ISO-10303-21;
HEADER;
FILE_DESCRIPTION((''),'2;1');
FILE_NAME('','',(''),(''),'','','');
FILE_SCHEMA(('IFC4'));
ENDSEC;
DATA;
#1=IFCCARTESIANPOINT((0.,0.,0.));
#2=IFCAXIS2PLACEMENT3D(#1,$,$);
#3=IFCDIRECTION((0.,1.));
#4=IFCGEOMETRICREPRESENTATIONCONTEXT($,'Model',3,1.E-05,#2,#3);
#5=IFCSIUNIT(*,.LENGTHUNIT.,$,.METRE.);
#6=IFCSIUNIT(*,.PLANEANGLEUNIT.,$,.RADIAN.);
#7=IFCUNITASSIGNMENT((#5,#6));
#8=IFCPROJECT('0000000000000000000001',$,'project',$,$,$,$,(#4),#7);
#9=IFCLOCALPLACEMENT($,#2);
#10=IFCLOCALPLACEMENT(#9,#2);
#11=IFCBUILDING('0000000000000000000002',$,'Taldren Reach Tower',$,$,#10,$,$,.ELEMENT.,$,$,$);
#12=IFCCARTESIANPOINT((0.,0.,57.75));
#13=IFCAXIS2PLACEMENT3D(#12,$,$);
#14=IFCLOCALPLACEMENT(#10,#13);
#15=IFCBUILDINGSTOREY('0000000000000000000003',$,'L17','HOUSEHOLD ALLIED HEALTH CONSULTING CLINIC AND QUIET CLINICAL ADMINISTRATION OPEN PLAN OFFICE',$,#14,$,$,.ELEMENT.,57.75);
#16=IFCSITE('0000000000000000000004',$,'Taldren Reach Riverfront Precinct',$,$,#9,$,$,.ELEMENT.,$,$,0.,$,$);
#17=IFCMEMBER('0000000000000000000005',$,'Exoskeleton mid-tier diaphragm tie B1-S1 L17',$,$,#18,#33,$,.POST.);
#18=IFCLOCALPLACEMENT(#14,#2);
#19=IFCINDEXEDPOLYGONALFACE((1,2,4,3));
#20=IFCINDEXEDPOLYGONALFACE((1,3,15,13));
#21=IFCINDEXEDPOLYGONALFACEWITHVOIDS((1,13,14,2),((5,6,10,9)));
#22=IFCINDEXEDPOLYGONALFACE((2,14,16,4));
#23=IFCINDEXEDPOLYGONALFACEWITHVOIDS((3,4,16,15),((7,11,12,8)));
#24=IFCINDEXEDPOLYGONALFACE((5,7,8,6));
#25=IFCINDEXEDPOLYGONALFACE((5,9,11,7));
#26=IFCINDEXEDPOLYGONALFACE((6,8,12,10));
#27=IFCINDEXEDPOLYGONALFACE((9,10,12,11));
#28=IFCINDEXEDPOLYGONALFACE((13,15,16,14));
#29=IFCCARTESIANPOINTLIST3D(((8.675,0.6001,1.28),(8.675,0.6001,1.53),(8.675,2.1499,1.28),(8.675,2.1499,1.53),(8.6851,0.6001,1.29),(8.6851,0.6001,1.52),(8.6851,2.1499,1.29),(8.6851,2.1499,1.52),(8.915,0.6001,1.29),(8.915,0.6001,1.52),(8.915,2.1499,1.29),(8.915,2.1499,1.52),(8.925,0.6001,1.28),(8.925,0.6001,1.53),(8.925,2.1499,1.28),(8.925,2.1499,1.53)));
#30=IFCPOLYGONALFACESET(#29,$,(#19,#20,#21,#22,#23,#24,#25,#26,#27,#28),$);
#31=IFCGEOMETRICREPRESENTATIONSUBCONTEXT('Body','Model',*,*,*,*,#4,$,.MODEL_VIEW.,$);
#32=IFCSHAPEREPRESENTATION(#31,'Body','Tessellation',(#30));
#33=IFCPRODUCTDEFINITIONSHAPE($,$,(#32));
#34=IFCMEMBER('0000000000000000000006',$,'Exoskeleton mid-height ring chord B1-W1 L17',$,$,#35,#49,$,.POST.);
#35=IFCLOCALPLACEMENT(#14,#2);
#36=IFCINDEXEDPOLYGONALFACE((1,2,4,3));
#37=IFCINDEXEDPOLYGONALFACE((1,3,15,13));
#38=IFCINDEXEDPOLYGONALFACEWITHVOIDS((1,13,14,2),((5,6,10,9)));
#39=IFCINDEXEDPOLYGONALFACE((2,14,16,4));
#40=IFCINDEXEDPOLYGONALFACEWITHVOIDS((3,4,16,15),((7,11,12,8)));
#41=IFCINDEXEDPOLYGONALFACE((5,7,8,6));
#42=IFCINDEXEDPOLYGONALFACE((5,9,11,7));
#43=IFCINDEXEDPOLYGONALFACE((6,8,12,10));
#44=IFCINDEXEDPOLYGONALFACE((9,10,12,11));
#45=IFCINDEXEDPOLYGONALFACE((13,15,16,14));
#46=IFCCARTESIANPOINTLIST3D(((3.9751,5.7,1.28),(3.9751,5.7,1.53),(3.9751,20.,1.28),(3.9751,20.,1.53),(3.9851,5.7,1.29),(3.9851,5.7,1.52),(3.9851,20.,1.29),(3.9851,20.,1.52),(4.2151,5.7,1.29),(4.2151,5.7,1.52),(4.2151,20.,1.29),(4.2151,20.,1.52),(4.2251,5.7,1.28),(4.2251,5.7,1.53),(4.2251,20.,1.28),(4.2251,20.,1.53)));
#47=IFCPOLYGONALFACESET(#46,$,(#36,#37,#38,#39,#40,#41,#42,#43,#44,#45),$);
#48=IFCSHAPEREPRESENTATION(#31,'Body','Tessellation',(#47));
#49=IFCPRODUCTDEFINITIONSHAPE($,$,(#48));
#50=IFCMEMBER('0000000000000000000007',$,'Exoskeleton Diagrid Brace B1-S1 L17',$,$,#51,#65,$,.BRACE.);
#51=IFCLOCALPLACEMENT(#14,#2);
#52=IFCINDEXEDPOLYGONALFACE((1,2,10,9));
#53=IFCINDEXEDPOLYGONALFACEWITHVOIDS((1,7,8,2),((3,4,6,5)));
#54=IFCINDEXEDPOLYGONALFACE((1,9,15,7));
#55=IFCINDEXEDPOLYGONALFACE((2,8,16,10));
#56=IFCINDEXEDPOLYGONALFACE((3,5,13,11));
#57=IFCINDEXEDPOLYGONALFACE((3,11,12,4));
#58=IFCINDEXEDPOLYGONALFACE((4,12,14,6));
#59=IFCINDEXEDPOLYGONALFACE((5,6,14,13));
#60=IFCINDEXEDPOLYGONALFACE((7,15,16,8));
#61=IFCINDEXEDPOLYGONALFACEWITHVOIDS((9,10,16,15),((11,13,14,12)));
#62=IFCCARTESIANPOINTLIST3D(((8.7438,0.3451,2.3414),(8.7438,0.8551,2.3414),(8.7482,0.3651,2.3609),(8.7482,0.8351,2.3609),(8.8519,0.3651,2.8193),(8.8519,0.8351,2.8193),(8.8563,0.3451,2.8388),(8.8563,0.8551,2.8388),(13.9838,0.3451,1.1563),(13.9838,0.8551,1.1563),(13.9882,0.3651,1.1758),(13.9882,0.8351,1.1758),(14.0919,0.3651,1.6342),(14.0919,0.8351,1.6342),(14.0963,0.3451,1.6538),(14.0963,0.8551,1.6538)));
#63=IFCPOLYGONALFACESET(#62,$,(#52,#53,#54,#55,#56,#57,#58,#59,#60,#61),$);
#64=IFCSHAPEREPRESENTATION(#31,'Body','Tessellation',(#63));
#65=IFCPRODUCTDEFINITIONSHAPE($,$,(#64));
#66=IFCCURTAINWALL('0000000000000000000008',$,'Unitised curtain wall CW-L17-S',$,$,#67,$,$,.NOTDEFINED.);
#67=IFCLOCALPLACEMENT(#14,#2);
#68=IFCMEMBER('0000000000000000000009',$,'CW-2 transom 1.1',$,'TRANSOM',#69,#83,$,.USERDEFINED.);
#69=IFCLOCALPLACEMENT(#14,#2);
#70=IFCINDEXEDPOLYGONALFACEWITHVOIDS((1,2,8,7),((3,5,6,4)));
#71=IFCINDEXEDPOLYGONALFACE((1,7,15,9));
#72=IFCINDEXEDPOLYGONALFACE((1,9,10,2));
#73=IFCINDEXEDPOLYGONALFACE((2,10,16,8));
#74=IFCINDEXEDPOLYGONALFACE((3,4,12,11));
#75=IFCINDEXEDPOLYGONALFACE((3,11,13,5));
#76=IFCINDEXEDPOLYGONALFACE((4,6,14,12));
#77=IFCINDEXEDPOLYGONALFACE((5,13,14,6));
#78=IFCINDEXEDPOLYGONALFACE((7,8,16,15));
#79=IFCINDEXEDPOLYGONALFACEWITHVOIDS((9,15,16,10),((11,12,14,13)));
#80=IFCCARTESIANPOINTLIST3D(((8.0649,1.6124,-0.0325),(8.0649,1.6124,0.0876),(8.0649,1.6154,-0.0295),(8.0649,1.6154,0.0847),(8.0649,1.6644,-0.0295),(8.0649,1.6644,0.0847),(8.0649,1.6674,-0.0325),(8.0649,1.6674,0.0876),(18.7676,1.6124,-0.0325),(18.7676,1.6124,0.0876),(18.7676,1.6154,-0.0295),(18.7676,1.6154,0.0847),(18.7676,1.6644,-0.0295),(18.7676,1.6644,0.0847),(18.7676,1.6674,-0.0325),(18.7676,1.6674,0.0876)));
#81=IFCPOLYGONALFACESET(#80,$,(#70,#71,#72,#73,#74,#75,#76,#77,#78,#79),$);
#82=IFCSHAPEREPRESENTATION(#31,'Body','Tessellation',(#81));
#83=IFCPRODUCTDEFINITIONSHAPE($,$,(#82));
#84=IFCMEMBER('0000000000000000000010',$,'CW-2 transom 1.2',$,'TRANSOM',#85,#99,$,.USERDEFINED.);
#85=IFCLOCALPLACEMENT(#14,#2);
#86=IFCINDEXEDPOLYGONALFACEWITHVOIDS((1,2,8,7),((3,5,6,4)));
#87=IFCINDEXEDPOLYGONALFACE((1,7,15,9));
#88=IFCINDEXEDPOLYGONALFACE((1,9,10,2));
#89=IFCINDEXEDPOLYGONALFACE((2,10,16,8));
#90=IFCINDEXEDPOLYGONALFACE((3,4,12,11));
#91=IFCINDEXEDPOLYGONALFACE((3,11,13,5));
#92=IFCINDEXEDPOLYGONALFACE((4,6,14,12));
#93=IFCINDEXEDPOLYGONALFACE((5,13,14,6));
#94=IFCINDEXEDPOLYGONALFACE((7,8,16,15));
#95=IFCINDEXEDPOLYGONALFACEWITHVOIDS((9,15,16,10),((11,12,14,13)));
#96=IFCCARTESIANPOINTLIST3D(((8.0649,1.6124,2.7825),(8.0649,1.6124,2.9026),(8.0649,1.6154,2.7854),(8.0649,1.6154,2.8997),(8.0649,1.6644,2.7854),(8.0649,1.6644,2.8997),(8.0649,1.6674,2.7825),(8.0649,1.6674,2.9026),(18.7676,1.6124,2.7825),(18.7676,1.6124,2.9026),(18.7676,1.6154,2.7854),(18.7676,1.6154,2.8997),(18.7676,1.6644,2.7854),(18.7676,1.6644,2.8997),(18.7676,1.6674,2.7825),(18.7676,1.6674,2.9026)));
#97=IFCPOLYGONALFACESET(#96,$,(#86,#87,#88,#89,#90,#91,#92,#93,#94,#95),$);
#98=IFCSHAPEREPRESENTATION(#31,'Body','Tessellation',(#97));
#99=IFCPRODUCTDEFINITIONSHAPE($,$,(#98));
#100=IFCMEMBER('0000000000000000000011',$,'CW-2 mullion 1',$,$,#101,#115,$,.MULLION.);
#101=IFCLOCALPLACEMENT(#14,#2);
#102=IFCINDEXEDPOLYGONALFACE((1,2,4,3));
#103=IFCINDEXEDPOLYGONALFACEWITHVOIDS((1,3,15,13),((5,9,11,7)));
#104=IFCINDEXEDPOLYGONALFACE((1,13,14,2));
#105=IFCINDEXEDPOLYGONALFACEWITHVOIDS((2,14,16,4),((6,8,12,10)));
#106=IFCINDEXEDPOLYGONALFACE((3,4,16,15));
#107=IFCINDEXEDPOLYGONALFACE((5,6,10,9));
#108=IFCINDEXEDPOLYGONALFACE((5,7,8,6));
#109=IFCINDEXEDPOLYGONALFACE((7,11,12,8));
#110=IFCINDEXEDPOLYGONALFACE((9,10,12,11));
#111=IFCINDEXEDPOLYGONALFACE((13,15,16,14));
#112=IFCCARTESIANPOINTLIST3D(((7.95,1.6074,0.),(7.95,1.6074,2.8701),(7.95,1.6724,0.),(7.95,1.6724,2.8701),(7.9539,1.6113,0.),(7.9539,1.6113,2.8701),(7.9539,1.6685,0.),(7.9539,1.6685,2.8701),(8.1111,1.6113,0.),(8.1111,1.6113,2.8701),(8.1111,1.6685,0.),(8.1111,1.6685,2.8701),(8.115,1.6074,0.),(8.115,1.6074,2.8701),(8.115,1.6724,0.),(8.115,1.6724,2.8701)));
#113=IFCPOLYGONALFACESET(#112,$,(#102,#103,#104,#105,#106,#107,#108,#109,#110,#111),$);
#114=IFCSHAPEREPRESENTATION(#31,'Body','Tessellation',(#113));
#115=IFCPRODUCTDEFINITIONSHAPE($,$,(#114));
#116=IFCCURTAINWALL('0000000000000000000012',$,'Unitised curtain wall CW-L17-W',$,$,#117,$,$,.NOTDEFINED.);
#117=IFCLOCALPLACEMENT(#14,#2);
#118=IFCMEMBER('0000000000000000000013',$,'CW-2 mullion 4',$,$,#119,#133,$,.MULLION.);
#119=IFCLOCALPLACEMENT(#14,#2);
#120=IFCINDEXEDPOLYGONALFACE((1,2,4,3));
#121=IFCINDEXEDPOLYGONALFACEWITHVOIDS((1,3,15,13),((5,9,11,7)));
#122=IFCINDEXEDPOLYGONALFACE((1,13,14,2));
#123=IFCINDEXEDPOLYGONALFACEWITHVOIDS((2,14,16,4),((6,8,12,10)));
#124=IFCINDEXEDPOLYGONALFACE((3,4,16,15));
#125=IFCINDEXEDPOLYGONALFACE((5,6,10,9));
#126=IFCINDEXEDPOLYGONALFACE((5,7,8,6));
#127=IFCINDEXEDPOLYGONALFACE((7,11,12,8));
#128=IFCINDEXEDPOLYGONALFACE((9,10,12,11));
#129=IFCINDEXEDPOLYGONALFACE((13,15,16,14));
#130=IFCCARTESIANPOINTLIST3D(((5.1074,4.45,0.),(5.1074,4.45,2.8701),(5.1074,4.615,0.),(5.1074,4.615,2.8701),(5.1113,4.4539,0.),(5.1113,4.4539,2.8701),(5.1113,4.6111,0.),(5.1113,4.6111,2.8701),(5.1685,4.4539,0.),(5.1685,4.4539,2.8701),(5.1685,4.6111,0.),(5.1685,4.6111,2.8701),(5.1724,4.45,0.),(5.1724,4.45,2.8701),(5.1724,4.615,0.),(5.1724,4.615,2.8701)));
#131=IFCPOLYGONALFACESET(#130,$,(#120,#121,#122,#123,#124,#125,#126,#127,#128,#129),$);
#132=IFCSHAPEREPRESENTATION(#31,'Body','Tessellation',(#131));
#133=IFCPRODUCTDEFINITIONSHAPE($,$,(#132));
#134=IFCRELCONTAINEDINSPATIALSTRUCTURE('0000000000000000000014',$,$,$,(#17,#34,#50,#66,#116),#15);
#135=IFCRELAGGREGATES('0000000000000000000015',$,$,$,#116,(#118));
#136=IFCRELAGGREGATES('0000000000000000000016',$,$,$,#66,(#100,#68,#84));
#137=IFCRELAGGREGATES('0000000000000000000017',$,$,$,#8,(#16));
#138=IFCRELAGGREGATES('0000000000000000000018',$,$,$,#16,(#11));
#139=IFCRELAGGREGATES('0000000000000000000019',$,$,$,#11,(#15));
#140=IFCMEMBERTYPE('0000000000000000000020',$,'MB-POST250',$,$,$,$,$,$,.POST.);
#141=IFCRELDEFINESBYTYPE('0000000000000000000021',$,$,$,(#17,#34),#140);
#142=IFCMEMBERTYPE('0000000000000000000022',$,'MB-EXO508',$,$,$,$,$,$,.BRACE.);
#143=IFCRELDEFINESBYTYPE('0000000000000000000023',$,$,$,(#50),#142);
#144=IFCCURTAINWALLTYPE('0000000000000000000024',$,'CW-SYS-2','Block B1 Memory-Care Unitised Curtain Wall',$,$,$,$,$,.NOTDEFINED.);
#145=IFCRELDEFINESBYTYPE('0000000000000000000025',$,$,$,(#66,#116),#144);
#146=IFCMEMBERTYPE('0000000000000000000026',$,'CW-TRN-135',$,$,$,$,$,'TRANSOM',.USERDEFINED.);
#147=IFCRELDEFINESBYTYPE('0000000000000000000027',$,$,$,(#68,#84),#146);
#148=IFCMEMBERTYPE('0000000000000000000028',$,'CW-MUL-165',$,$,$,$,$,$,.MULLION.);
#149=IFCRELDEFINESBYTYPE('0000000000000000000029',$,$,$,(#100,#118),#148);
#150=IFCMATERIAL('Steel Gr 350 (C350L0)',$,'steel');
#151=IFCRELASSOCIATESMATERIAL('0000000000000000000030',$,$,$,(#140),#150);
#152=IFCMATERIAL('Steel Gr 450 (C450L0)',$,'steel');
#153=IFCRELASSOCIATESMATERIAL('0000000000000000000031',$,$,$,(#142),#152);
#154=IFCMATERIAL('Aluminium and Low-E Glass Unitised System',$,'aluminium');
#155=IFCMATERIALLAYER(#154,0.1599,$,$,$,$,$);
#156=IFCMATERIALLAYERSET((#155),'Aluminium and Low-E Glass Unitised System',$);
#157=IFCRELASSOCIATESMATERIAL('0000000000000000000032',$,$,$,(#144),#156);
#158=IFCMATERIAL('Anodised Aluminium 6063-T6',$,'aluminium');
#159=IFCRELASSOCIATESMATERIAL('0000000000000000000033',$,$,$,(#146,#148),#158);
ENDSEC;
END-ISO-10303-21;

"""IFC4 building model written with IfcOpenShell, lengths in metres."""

from ifc_helpers import new_model, si_unit, direction, frame, origin, origin_2d, place, context, subcontext, project, spatial, hollow_rectangle, extrude, source, transform, mapped, material, layer, layer_set, material_profile, profile_set, type_object, element, aggregate, save


model = new_model("IFC4")

# Units and contexts
model_context = context("Model", 3, precision=1e-05, world=origin(), true_north=direction((0.0, 1.0)))
body_context = subcontext(model_context, "Body", "Model", "MODEL_VIEW")
ifc_project = project(units=[si_unit("LENGTHUNIT", "METRE"), si_unit("PLANEANGLEUNIT", "RADIAN")], contexts=[model_context])

# Site, building, storey
site_placement = place(None, origin())
site = spatial("IfcSite", under=ifc_project, at=site_placement, Name="Taldren Reach Riverfront Precinct", CompositionType="ELEMENT", RefElevation=0.0)
building_placement = place(site_placement, origin())
building = spatial("IfcBuilding", under=site, at=building_placement, Name="Taldren Reach Tower", CompositionType="ELEMENT")
storey_placement = place(building_placement, frame((0.0, 0.0, 57.75)))
storey = spatial("IfcBuildingStorey", under=building, at=storey_placement, Name="L17", Description="HOUSEHOLD ALLIED HEALTH CONSULTING CLINIC AND QUIET CLINICAL ADMINISTRATION OPEN PLAN OFFICE", CompositionType="ELEMENT", Elevation=57.75)

# Members
ifc_material_1 = material(Name="Steel Gr 450 (C450L0)", Category="steel")
ifc_material_2 = material(Name="Steel Gr 350 (C350L0)", Category="steel")
ifc_material_profile_1 = material_profile(ifc_material_2, hollow_rectangle(XDim=0.25, YDim=0.25, WallThickness=0.01, at=origin_2d()), Name="250x250x10.0SHS")
ifc_profile_set_1 = profile_set([ifc_material_profile_1], Name="Steel Gr 350 (C350L0)")
member_type_1 = type_object("IfcMemberType", Name="MB-POST250", PredefinedType="POST", material=ifc_profile_set_1)
shared_shape_1 = source(origin(), body_context, "Body", "SweptSolid", [
    extrude(hollow_rectangle(XDim=0.25, YDim=0.25, WallThickness=0.01, at=origin_2d()), origin(), (0.0, 0.0, 1.0), 1.5498),
])
for number, where, z_axis, x_axis, name in (
    (1, (8.8, 2.1499, 1.405), (0.0, -1.0, 0.0), (1.0, 0.0, 0.0), "Exoskeleton mid-tier diaphragm tie B1-S1 L17"),
):
    element("IfcMember", number, at=place(storey_placement, frame(where, z_axis=z_axis, x_axis=x_axis)), inside=storey, type_object=member_type_1, Name=name, PredefinedType="POST", context=body_context, shape_type="MappedRepresentation", body=[
        mapped(shared_shape_1, transform((0.0, 0.0, 0.0), scale=1.0)),
    ])
shared_shape_2 = source(origin(), body_context, "Body", "SweptSolid", [
    extrude(hollow_rectangle(XDim=0.25, YDim=0.25, WallThickness=0.01, at=origin_2d()), origin(), (0.0, 0.0, 1.0), 14.3),
])
member_1_placement = place(storey_placement, frame((4.1001, 5.7, 1.405), z_axis=(0.0, 1.0, 0.0), x_axis=(-1.0, 0.0, 0.0)))
element("IfcMember", 2, at=member_1_placement, inside=storey, type_object=member_type_1, Name="Exoskeleton mid-height ring chord B1-W1 L17", PredefinedType="POST", context=body_context, shape_type="MappedRepresentation", body=[
    mapped(shared_shape_2, transform((0.0, 0.0, 0.0), scale=1.0)),
])
ifc_material_profile_2 = material_profile(ifc_material_1, hollow_rectangle(XDim=0.51, YDim=0.51, WallThickness=0.02, at=origin_2d()), Name="510x510x20.0SHS")
ifc_profile_set_2 = profile_set([ifc_material_profile_2], Name="Steel Gr 450 (C450L0)")
member_type_2 = type_object("IfcMemberType", Name="MB-EXO508", PredefinedType="BRACE", material=ifc_profile_set_2)
shared_shape_3 = source(origin(), body_context, "Body", "SweptSolid", [
    extrude(hollow_rectangle(XDim=0.51, YDim=0.51, WallThickness=0.02, at=origin_2d()), origin(), (0.0, 0.0, 1.0), 5.3723),
])
member_2_placement = place(storey_placement, frame((14.04, 0.6001, 1.405), z_axis=(-0.975368, 0.0, 0.220586), x_axis=(0.0, -1.0, 0.0)))
element("IfcMember", 3, at=member_2_placement, inside=storey, type_object=member_type_2, Name="Exoskeleton Diagrid Brace B1-S1 L17", PredefinedType="BRACE", context=body_context, shape_type="MappedRepresentation", body=[
    mapped(shared_shape_3, transform((0.0, 0.0, 0.0), scale=1.0)),
])

# Curtain wall, members
ifc_material_3 = material(Name="Aluminium and Low-E Glass Unitised System", Category="aluminium")
ifc_layer_1 = layer(ifc_material_3, 0.1599)
ifc_layer_set_1 = layer_set([ifc_layer_1], Name="Aluminium and Low-E Glass Unitised System")
curtain_wall_type = type_object("IfcCurtainWallType", Name="CW-SYS-2", Description="Block B1 Memory-Care Unitised Curtain Wall", PredefinedType="NOTDEFINED", material=ifc_layer_set_1)
curtain_wall_1_placement = place(storey_placement, origin())
curtain_wall_1 = element("IfcCurtainWall", 4, at=curtain_wall_1_placement, inside=storey, type_object=curtain_wall_type, Name="Unitised curtain wall CW-L17-S", PredefinedType="NOTDEFINED")
ifc_material_4 = material(Name="Anodised Aluminium 6063-T6", Category="aluminium")
ifc_material_profile_3 = material_profile(ifc_material_4, hollow_rectangle(XDim=0.0549, YDim=0.1201, WallThickness=0.0029, at=origin_2d()), Name="ALU-120x55x3RHS")
ifc_profile_set_3 = profile_set([ifc_material_profile_3], Name="Anodised Aluminium 6063-T6")
member_type_3 = type_object("IfcMemberType", Name="CW-TRN-135", ElementType="TRANSOM", PredefinedType="USERDEFINED", material=ifc_profile_set_3)
shared_shape_4 = source(origin(), body_context, "Body", "SweptSolid", [
    extrude(hollow_rectangle(XDim=0.0549, YDim=0.1201, WallThickness=0.0029, at=origin_2d()), origin(), (0.0, 0.0, 1.0), 10.7026),
])
member_3_placement = place(storey_placement, frame((8.0649, 1.6399, 0.0276), z_axis=(1.0, 0.0, 0.0), x_axis=(0.0, 1.0, 0.0)))
member_3 = element("IfcMember", 5, at=member_3_placement, type_object=member_type_3, Name="CW-2 transom 1.1", ObjectType="TRANSOM", PredefinedType="USERDEFINED", context=body_context, shape_type="MappedRepresentation", body=[
    mapped(shared_shape_4, transform((0.0, 0.0, 0.0), scale=1.0)),
])
member_4_placement = place(storey_placement, frame((8.0649, 1.6399, 2.8425), z_axis=(1.0, 0.0, 0.0), x_axis=(0.0, 1.0, 0.0)))
member_4 = element("IfcMember", 6, at=member_4_placement, type_object=member_type_3, Name="CW-2 transom 1.2", ObjectType="TRANSOM", PredefinedType="USERDEFINED", context=body_context, shape_type="MappedRepresentation", body=[
    mapped(shared_shape_4, transform((0.0, 0.0, 0.0), scale=1.0)),
])
ifc_material_profile_4 = material_profile(ifc_material_4, hollow_rectangle(XDim=0.0649, YDim=0.165, WallThickness=0.0039, at=origin_2d()), Name="ALU-165x65x4RHS")
ifc_profile_set_4 = profile_set([ifc_material_profile_4], Name="Anodised Aluminium 6063-T6")
member_type_4 = type_object("IfcMemberType", Name="CW-MUL-165", PredefinedType="MULLION", material=ifc_profile_set_4)
shared_shape_5 = source(origin(), body_context, "Body", "SweptSolid", [
    extrude(hollow_rectangle(XDim=0.0649, YDim=0.165, WallThickness=0.0039, at=origin_2d()), origin(), (0.0, 0.0, 1.0), 2.8701),
])
member_5_placement = place(storey_placement, frame((8.0325, 1.6399, 0.0), z_axis=(0.0, 0.0, 1.0), x_axis=(0.0, 1.0, 0.0)))
member_5 = element("IfcMember", 7, at=member_5_placement, type_object=member_type_4, Name="CW-2 mullion 1", PredefinedType="MULLION", context=body_context, shape_type="MappedRepresentation", body=[
    mapped(shared_shape_5, transform((0.0, 0.0, 0.0), scale=1.0)),
])

# Curtain wall, member
curtain_wall_2_placement = place(storey_placement, origin())
curtain_wall_2 = element("IfcCurtainWall", 8, at=curtain_wall_2_placement, inside=storey, type_object=curtain_wall_type, Name="Unitised curtain wall CW-L17-W", PredefinedType="NOTDEFINED")
member_6_placement = place(storey_placement, frame((5.1399, 4.5325, 0.0), z_axis=(0.0, 0.0, 1.0), x_axis=(1.0, 0.0, 0.0)))
member_6 = element("IfcMember", 9, at=member_6_placement, type_object=member_type_4, Name="CW-2 mullion 4", PredefinedType="MULLION", context=body_context, shape_type="MappedRepresentation", body=[
    mapped(shared_shape_5, transform((0.0, 0.0, 0.0), scale=1.0)),
])
aggregate(curtain_wall_2, [member_6])

aggregate(curtain_wall_1, [member_5, member_3, member_4])

save(model, "model.ifc")
